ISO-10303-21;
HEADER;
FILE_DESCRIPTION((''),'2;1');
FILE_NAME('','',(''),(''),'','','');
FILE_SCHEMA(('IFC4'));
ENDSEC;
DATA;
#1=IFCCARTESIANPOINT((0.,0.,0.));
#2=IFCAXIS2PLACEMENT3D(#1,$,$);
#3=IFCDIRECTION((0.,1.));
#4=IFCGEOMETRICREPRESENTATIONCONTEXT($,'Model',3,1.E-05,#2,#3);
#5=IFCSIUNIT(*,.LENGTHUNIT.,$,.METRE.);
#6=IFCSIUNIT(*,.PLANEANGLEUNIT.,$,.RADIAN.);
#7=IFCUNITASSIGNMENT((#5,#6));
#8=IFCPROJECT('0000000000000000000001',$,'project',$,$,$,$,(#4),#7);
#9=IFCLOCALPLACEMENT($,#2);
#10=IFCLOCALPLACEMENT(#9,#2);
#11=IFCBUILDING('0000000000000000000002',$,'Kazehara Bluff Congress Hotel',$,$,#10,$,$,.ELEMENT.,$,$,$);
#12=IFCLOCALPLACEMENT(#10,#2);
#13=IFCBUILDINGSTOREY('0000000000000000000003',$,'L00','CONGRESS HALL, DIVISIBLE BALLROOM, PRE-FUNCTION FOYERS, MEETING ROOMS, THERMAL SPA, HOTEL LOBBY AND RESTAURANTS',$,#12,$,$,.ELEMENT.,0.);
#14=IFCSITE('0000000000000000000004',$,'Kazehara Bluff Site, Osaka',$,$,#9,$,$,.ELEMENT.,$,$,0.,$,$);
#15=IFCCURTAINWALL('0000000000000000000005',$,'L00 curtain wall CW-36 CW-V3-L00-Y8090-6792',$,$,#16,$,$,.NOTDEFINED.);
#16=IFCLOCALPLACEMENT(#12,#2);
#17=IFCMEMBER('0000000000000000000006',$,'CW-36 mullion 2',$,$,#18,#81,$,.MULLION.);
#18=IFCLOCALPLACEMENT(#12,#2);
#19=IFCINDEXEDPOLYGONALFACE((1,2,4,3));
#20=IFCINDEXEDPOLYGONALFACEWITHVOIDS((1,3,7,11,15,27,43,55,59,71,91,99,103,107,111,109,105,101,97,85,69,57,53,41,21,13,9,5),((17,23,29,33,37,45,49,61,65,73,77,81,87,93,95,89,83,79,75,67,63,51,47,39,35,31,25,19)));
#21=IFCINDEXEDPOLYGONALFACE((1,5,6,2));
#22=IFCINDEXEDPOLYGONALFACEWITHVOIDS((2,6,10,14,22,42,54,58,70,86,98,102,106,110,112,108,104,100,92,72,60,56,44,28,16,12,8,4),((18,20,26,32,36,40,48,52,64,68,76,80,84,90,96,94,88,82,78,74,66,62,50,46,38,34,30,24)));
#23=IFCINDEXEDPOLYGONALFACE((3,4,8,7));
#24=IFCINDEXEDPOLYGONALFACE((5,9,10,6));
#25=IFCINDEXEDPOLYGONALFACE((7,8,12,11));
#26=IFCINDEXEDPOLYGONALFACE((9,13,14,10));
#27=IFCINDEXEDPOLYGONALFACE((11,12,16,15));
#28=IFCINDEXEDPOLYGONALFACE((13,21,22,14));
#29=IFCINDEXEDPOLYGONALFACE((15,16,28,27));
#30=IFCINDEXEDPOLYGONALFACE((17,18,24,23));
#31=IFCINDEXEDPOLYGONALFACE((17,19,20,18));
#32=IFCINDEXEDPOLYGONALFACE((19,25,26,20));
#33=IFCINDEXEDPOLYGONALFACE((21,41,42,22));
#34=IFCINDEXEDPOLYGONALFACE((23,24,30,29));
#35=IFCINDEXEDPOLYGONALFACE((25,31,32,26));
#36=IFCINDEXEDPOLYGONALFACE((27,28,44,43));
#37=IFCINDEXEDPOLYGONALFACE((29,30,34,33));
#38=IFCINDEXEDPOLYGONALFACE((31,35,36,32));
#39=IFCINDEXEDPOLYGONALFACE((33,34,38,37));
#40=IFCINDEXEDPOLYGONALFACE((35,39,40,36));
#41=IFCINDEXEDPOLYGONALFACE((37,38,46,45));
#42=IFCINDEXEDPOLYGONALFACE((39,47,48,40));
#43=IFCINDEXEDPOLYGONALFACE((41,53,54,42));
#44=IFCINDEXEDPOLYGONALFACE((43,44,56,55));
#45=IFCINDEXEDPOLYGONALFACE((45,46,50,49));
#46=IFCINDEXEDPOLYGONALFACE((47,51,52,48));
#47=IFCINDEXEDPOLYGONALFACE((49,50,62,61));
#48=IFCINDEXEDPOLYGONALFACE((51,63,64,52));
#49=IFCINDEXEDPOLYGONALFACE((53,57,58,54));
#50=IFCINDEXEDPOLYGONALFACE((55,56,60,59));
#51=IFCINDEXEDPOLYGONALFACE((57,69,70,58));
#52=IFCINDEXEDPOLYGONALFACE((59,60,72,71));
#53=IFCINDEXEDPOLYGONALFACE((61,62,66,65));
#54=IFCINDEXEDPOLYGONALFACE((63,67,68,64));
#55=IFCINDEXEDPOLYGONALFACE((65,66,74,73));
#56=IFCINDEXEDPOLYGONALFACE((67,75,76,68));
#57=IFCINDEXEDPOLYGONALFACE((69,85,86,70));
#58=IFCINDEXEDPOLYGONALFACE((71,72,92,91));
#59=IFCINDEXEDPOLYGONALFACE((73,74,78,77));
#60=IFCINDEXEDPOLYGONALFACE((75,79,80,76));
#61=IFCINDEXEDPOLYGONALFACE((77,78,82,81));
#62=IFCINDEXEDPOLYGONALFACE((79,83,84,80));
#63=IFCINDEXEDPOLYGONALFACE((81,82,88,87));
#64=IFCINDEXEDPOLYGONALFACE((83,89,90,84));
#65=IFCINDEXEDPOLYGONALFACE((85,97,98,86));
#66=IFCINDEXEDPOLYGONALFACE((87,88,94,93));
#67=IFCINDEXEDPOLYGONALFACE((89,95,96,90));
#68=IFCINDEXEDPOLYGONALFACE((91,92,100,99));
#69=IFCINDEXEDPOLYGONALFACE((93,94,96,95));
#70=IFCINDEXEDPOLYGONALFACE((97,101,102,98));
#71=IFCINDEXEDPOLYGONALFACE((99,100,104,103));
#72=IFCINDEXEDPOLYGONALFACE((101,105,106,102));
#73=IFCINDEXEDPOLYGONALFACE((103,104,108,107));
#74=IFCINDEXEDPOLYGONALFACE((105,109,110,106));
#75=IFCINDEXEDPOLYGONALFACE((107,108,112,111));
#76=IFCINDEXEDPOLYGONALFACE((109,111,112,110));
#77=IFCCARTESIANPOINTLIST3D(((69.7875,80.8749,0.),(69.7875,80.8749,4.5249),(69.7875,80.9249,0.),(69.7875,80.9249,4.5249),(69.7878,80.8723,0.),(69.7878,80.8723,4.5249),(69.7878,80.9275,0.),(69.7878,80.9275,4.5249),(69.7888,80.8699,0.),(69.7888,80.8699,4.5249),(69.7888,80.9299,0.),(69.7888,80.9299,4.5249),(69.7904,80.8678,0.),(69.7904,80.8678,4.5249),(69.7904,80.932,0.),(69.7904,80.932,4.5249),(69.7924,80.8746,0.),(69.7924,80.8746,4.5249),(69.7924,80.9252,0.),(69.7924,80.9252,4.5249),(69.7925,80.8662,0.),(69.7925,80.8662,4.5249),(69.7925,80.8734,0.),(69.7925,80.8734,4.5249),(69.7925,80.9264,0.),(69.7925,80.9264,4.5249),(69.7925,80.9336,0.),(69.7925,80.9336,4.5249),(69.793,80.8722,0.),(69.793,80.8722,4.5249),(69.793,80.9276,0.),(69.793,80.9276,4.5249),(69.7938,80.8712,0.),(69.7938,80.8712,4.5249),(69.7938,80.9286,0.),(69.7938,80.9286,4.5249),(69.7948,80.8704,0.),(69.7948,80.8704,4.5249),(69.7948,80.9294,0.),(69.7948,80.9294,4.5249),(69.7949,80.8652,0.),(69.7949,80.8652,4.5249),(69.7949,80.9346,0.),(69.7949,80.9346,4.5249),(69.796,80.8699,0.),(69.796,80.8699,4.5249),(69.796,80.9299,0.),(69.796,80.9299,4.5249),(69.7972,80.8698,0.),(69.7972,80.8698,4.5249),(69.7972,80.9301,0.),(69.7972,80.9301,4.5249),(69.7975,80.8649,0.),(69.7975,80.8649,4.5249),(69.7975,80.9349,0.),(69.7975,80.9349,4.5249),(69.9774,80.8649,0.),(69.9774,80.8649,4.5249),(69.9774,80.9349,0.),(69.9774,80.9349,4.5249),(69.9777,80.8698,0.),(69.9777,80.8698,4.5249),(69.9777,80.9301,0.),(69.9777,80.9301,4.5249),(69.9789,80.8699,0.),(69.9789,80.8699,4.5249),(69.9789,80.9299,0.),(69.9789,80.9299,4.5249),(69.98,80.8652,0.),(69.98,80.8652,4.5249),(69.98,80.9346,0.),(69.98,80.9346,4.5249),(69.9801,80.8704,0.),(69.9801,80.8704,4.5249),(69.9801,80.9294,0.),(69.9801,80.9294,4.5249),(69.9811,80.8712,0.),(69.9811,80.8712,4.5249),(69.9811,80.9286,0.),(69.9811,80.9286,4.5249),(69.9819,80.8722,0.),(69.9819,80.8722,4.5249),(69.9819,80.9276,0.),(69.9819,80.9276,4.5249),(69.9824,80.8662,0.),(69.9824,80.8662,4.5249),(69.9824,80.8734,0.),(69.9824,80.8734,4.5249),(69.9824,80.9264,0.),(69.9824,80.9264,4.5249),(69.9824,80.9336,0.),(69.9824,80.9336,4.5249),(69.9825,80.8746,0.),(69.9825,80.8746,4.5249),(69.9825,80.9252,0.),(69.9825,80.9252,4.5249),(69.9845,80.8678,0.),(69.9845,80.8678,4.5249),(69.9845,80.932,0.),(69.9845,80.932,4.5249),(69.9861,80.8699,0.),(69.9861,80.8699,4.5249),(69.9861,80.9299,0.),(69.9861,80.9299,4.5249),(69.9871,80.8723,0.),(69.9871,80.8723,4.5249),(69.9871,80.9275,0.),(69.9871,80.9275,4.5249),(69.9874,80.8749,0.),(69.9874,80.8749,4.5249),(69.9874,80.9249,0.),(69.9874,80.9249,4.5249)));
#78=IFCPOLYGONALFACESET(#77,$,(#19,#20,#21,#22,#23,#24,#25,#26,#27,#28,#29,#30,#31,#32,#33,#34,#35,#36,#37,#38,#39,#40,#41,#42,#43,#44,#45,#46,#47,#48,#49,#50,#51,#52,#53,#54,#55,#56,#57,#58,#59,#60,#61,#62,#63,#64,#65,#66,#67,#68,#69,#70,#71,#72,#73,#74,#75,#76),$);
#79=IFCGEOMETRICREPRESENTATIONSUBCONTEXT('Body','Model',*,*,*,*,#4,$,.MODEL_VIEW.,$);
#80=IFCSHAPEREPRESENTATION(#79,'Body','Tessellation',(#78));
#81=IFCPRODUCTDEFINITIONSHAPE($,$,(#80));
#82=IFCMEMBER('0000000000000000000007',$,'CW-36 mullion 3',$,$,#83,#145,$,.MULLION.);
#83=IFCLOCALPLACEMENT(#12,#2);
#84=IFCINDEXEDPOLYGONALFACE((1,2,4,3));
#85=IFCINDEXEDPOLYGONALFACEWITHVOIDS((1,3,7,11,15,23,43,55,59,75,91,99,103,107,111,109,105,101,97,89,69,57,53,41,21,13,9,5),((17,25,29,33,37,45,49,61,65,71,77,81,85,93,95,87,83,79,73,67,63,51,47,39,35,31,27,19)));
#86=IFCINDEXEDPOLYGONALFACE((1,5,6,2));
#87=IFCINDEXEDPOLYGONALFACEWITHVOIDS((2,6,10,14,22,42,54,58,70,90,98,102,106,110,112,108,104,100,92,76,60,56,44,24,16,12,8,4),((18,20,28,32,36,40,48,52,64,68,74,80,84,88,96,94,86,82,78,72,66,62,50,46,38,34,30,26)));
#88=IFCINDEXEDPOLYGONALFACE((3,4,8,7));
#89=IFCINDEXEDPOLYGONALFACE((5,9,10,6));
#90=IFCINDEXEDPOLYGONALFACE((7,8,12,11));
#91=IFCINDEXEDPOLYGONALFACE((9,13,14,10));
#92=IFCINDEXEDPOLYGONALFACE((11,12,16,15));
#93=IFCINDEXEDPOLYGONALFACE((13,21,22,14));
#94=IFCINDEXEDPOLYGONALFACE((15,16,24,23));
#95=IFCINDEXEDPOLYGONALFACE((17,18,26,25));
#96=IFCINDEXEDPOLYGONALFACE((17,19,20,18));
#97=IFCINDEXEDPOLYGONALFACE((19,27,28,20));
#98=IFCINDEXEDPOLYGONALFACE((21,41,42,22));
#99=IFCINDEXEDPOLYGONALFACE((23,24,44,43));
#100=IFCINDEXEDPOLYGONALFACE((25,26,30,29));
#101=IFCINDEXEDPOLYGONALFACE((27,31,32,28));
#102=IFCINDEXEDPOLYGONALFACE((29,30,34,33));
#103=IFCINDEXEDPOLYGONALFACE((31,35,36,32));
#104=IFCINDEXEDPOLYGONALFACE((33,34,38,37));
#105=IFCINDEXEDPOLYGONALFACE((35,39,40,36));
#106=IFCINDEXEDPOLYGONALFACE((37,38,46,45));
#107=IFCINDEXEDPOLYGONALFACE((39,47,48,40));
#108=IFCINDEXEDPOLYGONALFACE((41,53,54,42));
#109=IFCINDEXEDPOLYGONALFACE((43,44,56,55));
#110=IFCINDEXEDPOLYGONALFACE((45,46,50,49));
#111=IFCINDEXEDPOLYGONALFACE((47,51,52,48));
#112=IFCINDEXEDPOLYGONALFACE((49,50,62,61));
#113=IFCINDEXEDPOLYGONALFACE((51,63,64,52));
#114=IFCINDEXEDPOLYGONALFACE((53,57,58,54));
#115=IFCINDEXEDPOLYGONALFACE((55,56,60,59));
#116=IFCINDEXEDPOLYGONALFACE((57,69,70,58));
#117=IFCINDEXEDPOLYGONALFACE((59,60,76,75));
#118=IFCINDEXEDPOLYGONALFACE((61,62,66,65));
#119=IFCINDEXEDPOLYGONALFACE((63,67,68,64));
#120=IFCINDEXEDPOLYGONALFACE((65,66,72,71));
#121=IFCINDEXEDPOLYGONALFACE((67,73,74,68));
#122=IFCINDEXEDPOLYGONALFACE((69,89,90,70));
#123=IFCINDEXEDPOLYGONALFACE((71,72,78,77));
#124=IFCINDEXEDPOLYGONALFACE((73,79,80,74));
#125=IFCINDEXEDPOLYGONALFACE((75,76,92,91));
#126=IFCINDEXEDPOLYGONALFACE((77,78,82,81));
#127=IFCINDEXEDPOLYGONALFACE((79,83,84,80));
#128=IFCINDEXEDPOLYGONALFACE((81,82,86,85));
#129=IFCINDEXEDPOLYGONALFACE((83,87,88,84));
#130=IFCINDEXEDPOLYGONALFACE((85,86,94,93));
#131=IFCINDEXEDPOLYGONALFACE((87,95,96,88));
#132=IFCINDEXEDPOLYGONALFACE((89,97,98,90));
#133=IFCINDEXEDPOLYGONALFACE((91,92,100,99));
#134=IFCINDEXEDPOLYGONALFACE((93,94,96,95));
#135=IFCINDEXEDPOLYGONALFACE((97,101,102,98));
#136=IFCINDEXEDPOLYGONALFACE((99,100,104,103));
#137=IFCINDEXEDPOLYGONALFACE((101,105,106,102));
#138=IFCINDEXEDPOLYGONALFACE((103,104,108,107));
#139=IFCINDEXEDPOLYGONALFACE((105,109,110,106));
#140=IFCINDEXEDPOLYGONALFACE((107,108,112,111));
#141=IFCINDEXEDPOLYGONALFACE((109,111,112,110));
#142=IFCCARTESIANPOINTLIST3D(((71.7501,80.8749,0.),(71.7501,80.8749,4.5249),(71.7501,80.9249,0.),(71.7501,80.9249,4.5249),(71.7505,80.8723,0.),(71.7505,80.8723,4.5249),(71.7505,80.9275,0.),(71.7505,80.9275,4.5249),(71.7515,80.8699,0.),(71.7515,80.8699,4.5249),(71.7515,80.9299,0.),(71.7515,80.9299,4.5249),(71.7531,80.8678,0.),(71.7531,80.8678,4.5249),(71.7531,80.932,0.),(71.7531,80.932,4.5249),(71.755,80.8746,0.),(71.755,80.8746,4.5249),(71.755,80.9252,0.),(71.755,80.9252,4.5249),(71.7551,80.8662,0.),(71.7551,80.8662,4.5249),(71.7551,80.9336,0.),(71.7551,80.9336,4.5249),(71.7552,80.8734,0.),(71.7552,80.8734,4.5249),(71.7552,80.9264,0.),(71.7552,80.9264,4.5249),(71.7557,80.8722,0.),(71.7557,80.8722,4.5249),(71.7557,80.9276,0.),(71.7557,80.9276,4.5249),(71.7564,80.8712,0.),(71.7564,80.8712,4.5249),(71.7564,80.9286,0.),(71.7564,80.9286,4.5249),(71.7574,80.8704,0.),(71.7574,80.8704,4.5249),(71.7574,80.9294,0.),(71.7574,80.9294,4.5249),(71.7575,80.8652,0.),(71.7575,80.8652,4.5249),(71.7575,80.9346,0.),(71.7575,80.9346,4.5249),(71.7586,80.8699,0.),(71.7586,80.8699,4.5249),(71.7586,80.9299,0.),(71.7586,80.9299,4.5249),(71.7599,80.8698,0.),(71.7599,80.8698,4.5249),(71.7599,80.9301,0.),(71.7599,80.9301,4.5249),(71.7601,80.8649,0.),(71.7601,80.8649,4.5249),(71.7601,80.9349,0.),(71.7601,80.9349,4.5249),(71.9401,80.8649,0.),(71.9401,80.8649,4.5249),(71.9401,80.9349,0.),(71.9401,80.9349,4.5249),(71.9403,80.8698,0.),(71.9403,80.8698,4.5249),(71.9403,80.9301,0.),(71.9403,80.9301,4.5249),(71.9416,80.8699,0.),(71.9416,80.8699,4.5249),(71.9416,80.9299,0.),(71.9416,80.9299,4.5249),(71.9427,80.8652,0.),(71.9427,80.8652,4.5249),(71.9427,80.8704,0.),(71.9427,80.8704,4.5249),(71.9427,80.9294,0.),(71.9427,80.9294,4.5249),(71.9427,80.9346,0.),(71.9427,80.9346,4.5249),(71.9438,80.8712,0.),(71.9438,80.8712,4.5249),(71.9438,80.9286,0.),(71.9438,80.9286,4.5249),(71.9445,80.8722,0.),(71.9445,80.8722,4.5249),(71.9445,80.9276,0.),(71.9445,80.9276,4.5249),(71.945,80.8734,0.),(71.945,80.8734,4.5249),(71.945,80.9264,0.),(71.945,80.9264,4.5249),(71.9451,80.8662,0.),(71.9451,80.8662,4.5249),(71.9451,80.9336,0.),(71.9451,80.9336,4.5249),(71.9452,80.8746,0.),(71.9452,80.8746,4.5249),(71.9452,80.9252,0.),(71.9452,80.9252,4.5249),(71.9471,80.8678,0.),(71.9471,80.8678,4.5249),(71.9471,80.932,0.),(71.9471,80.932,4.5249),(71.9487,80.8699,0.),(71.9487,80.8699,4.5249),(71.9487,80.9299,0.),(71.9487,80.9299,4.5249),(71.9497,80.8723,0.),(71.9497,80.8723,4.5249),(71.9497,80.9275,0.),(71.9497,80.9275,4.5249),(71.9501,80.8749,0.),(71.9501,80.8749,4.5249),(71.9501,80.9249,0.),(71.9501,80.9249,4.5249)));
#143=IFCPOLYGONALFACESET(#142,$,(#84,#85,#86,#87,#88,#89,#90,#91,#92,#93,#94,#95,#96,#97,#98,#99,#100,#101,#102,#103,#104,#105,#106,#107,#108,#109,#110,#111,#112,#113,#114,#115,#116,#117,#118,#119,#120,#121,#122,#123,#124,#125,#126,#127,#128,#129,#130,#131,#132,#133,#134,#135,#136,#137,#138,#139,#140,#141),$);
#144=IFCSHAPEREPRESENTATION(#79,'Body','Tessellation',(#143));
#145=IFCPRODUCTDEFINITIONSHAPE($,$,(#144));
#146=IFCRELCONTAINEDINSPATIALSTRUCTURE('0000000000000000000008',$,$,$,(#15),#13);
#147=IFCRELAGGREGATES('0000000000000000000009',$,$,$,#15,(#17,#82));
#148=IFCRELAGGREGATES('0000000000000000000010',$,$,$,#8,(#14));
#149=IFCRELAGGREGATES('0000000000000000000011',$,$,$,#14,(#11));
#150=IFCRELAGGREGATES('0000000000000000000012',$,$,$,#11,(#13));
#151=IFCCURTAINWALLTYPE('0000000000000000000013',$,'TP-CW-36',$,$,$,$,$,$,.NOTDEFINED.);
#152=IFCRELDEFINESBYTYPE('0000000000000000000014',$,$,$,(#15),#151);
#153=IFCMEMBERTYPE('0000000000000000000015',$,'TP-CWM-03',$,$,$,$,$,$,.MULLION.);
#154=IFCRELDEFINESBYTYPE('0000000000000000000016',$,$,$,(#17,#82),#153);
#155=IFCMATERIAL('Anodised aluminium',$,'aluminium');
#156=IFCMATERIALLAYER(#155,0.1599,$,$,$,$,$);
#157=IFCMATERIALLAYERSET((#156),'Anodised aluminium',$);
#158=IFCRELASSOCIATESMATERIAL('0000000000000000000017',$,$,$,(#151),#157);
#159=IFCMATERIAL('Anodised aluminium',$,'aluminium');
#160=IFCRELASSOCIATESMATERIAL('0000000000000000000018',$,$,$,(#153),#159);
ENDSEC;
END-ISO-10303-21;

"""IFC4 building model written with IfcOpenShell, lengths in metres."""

from ifc_helpers import new_model, si_unit, direction, frame, origin, origin_2d, place, context, subcontext, project, spatial, hollow_rectangle, extrude, material, layer, layer_set, material_profile, profile_set, type_object, element, aggregate, save


model = new_model("IFC4")

# Units and contexts
model_context = context("Model", 3, precision=1e-05, world=origin(), true_north=direction((0.0, 1.0)))
body_context = subcontext(model_context, "Body", "Model", "MODEL_VIEW")
ifc_project = project(units=[si_unit("LENGTHUNIT", "METRE"), si_unit("PLANEANGLEUNIT", "RADIAN")], contexts=[model_context])

# Site, building, storey
site_placement = place(None, origin())
site = spatial("IfcSite", under=ifc_project, at=site_placement, Name="Kazehara Bluff Site, Osaka", CompositionType="ELEMENT", RefElevation=0.0)
building_placement = place(site_placement, origin())
building = spatial("IfcBuilding", under=site, at=building_placement, Name="Kazehara Bluff Congress Hotel", CompositionType="ELEMENT")
storey_placement = place(building_placement, origin())
storey = spatial("IfcBuildingStorey", under=building, at=storey_placement, Name="L00", Description="CONGRESS HALL, DIVISIBLE BALLROOM, PRE-FUNCTION FOYERS, MEETING ROOMS, THERMAL SPA, HOTEL LOBBY AND RESTAURANTS", CompositionType="ELEMENT", Elevation=0.0)

# Curtain wall, members
ifc_material_1 = material(Name="Anodised aluminium", Category="aluminium")
ifc_layer_1 = layer(ifc_material_1, 0.1599)
ifc_layer_set_1 = layer_set([ifc_layer_1], Name="Anodised aluminium")
curtain_wall_type_1 = type_object("IfcCurtainWallType", Name="TP-CW-36", PredefinedType="NOTDEFINED", material=ifc_layer_set_1)
curtain_wall_1_placement = place(storey_placement, origin())
curtain_wall_1 = element("IfcCurtainWall", 1, at=curtain_wall_1_placement, inside=storey, type_object=curtain_wall_type_1, Name="L00 curtain wall CW-36 CW-V3-L00-Y8090-6792", PredefinedType="NOTDEFINED")
ifc_material_2 = material(Name="Anodised aluminium", Category="aluminium")
ifc_material_profile_1 = material_profile(ifc_material_2, hollow_rectangle(XDim=0.0701, YDim=0.2, WallThickness=0.0049, InnerFilletRadius=0.0049, OuterFilletRadius=0.01, at=origin_2d()))
ifc_profile_set_1 = profile_set([ifc_material_profile_1], Name="Anodised aluminium")
member_type_1 = type_object("IfcMemberType", Name="TP-CWM-03", PredefinedType="MULLION", material=ifc_profile_set_1)
member_1_placement = place(storey_placement, frame((69.8875, 80.8999, 0.0), z_axis=(0.0, 0.0, 1.0), x_axis=(0.0, 1.0, 0.0)))
member_1 = element("IfcMember", 2, at=member_1_placement, type_object=member_type_1, Name="CW-36 mullion 2", PredefinedType="MULLION", context=body_context, shape_type="SweptSolid", body=[
    extrude(hollow_rectangle(XDim=0.0701, YDim=0.2, WallThickness=0.0049, InnerFilletRadius=0.0049, OuterFilletRadius=0.01, at=origin_2d()), origin(), (0.0, 0.0, 1.0), 4.5249),
])
member_2_placement = place(storey_placement, frame((71.8501, 80.8999, 0.0), z_axis=(0.0, 0.0, 1.0), x_axis=(0.0, 1.0, 0.0)))
member_2 = element("IfcMember", 3, at=member_2_placement, type_object=member_type_1, Name="CW-36 mullion 3", PredefinedType="MULLION", context=body_context, shape_type="SweptSolid", body=[
    extrude(hollow_rectangle(XDim=0.0701, YDim=0.2, WallThickness=0.0049, InnerFilletRadius=0.0049, OuterFilletRadius=0.01, at=origin_2d()), origin(), (0.0, 0.0, 1.0), 4.5249),
])

aggregate(curtain_wall_1, [member_1, member_2])

save(model, "model.ifc")
